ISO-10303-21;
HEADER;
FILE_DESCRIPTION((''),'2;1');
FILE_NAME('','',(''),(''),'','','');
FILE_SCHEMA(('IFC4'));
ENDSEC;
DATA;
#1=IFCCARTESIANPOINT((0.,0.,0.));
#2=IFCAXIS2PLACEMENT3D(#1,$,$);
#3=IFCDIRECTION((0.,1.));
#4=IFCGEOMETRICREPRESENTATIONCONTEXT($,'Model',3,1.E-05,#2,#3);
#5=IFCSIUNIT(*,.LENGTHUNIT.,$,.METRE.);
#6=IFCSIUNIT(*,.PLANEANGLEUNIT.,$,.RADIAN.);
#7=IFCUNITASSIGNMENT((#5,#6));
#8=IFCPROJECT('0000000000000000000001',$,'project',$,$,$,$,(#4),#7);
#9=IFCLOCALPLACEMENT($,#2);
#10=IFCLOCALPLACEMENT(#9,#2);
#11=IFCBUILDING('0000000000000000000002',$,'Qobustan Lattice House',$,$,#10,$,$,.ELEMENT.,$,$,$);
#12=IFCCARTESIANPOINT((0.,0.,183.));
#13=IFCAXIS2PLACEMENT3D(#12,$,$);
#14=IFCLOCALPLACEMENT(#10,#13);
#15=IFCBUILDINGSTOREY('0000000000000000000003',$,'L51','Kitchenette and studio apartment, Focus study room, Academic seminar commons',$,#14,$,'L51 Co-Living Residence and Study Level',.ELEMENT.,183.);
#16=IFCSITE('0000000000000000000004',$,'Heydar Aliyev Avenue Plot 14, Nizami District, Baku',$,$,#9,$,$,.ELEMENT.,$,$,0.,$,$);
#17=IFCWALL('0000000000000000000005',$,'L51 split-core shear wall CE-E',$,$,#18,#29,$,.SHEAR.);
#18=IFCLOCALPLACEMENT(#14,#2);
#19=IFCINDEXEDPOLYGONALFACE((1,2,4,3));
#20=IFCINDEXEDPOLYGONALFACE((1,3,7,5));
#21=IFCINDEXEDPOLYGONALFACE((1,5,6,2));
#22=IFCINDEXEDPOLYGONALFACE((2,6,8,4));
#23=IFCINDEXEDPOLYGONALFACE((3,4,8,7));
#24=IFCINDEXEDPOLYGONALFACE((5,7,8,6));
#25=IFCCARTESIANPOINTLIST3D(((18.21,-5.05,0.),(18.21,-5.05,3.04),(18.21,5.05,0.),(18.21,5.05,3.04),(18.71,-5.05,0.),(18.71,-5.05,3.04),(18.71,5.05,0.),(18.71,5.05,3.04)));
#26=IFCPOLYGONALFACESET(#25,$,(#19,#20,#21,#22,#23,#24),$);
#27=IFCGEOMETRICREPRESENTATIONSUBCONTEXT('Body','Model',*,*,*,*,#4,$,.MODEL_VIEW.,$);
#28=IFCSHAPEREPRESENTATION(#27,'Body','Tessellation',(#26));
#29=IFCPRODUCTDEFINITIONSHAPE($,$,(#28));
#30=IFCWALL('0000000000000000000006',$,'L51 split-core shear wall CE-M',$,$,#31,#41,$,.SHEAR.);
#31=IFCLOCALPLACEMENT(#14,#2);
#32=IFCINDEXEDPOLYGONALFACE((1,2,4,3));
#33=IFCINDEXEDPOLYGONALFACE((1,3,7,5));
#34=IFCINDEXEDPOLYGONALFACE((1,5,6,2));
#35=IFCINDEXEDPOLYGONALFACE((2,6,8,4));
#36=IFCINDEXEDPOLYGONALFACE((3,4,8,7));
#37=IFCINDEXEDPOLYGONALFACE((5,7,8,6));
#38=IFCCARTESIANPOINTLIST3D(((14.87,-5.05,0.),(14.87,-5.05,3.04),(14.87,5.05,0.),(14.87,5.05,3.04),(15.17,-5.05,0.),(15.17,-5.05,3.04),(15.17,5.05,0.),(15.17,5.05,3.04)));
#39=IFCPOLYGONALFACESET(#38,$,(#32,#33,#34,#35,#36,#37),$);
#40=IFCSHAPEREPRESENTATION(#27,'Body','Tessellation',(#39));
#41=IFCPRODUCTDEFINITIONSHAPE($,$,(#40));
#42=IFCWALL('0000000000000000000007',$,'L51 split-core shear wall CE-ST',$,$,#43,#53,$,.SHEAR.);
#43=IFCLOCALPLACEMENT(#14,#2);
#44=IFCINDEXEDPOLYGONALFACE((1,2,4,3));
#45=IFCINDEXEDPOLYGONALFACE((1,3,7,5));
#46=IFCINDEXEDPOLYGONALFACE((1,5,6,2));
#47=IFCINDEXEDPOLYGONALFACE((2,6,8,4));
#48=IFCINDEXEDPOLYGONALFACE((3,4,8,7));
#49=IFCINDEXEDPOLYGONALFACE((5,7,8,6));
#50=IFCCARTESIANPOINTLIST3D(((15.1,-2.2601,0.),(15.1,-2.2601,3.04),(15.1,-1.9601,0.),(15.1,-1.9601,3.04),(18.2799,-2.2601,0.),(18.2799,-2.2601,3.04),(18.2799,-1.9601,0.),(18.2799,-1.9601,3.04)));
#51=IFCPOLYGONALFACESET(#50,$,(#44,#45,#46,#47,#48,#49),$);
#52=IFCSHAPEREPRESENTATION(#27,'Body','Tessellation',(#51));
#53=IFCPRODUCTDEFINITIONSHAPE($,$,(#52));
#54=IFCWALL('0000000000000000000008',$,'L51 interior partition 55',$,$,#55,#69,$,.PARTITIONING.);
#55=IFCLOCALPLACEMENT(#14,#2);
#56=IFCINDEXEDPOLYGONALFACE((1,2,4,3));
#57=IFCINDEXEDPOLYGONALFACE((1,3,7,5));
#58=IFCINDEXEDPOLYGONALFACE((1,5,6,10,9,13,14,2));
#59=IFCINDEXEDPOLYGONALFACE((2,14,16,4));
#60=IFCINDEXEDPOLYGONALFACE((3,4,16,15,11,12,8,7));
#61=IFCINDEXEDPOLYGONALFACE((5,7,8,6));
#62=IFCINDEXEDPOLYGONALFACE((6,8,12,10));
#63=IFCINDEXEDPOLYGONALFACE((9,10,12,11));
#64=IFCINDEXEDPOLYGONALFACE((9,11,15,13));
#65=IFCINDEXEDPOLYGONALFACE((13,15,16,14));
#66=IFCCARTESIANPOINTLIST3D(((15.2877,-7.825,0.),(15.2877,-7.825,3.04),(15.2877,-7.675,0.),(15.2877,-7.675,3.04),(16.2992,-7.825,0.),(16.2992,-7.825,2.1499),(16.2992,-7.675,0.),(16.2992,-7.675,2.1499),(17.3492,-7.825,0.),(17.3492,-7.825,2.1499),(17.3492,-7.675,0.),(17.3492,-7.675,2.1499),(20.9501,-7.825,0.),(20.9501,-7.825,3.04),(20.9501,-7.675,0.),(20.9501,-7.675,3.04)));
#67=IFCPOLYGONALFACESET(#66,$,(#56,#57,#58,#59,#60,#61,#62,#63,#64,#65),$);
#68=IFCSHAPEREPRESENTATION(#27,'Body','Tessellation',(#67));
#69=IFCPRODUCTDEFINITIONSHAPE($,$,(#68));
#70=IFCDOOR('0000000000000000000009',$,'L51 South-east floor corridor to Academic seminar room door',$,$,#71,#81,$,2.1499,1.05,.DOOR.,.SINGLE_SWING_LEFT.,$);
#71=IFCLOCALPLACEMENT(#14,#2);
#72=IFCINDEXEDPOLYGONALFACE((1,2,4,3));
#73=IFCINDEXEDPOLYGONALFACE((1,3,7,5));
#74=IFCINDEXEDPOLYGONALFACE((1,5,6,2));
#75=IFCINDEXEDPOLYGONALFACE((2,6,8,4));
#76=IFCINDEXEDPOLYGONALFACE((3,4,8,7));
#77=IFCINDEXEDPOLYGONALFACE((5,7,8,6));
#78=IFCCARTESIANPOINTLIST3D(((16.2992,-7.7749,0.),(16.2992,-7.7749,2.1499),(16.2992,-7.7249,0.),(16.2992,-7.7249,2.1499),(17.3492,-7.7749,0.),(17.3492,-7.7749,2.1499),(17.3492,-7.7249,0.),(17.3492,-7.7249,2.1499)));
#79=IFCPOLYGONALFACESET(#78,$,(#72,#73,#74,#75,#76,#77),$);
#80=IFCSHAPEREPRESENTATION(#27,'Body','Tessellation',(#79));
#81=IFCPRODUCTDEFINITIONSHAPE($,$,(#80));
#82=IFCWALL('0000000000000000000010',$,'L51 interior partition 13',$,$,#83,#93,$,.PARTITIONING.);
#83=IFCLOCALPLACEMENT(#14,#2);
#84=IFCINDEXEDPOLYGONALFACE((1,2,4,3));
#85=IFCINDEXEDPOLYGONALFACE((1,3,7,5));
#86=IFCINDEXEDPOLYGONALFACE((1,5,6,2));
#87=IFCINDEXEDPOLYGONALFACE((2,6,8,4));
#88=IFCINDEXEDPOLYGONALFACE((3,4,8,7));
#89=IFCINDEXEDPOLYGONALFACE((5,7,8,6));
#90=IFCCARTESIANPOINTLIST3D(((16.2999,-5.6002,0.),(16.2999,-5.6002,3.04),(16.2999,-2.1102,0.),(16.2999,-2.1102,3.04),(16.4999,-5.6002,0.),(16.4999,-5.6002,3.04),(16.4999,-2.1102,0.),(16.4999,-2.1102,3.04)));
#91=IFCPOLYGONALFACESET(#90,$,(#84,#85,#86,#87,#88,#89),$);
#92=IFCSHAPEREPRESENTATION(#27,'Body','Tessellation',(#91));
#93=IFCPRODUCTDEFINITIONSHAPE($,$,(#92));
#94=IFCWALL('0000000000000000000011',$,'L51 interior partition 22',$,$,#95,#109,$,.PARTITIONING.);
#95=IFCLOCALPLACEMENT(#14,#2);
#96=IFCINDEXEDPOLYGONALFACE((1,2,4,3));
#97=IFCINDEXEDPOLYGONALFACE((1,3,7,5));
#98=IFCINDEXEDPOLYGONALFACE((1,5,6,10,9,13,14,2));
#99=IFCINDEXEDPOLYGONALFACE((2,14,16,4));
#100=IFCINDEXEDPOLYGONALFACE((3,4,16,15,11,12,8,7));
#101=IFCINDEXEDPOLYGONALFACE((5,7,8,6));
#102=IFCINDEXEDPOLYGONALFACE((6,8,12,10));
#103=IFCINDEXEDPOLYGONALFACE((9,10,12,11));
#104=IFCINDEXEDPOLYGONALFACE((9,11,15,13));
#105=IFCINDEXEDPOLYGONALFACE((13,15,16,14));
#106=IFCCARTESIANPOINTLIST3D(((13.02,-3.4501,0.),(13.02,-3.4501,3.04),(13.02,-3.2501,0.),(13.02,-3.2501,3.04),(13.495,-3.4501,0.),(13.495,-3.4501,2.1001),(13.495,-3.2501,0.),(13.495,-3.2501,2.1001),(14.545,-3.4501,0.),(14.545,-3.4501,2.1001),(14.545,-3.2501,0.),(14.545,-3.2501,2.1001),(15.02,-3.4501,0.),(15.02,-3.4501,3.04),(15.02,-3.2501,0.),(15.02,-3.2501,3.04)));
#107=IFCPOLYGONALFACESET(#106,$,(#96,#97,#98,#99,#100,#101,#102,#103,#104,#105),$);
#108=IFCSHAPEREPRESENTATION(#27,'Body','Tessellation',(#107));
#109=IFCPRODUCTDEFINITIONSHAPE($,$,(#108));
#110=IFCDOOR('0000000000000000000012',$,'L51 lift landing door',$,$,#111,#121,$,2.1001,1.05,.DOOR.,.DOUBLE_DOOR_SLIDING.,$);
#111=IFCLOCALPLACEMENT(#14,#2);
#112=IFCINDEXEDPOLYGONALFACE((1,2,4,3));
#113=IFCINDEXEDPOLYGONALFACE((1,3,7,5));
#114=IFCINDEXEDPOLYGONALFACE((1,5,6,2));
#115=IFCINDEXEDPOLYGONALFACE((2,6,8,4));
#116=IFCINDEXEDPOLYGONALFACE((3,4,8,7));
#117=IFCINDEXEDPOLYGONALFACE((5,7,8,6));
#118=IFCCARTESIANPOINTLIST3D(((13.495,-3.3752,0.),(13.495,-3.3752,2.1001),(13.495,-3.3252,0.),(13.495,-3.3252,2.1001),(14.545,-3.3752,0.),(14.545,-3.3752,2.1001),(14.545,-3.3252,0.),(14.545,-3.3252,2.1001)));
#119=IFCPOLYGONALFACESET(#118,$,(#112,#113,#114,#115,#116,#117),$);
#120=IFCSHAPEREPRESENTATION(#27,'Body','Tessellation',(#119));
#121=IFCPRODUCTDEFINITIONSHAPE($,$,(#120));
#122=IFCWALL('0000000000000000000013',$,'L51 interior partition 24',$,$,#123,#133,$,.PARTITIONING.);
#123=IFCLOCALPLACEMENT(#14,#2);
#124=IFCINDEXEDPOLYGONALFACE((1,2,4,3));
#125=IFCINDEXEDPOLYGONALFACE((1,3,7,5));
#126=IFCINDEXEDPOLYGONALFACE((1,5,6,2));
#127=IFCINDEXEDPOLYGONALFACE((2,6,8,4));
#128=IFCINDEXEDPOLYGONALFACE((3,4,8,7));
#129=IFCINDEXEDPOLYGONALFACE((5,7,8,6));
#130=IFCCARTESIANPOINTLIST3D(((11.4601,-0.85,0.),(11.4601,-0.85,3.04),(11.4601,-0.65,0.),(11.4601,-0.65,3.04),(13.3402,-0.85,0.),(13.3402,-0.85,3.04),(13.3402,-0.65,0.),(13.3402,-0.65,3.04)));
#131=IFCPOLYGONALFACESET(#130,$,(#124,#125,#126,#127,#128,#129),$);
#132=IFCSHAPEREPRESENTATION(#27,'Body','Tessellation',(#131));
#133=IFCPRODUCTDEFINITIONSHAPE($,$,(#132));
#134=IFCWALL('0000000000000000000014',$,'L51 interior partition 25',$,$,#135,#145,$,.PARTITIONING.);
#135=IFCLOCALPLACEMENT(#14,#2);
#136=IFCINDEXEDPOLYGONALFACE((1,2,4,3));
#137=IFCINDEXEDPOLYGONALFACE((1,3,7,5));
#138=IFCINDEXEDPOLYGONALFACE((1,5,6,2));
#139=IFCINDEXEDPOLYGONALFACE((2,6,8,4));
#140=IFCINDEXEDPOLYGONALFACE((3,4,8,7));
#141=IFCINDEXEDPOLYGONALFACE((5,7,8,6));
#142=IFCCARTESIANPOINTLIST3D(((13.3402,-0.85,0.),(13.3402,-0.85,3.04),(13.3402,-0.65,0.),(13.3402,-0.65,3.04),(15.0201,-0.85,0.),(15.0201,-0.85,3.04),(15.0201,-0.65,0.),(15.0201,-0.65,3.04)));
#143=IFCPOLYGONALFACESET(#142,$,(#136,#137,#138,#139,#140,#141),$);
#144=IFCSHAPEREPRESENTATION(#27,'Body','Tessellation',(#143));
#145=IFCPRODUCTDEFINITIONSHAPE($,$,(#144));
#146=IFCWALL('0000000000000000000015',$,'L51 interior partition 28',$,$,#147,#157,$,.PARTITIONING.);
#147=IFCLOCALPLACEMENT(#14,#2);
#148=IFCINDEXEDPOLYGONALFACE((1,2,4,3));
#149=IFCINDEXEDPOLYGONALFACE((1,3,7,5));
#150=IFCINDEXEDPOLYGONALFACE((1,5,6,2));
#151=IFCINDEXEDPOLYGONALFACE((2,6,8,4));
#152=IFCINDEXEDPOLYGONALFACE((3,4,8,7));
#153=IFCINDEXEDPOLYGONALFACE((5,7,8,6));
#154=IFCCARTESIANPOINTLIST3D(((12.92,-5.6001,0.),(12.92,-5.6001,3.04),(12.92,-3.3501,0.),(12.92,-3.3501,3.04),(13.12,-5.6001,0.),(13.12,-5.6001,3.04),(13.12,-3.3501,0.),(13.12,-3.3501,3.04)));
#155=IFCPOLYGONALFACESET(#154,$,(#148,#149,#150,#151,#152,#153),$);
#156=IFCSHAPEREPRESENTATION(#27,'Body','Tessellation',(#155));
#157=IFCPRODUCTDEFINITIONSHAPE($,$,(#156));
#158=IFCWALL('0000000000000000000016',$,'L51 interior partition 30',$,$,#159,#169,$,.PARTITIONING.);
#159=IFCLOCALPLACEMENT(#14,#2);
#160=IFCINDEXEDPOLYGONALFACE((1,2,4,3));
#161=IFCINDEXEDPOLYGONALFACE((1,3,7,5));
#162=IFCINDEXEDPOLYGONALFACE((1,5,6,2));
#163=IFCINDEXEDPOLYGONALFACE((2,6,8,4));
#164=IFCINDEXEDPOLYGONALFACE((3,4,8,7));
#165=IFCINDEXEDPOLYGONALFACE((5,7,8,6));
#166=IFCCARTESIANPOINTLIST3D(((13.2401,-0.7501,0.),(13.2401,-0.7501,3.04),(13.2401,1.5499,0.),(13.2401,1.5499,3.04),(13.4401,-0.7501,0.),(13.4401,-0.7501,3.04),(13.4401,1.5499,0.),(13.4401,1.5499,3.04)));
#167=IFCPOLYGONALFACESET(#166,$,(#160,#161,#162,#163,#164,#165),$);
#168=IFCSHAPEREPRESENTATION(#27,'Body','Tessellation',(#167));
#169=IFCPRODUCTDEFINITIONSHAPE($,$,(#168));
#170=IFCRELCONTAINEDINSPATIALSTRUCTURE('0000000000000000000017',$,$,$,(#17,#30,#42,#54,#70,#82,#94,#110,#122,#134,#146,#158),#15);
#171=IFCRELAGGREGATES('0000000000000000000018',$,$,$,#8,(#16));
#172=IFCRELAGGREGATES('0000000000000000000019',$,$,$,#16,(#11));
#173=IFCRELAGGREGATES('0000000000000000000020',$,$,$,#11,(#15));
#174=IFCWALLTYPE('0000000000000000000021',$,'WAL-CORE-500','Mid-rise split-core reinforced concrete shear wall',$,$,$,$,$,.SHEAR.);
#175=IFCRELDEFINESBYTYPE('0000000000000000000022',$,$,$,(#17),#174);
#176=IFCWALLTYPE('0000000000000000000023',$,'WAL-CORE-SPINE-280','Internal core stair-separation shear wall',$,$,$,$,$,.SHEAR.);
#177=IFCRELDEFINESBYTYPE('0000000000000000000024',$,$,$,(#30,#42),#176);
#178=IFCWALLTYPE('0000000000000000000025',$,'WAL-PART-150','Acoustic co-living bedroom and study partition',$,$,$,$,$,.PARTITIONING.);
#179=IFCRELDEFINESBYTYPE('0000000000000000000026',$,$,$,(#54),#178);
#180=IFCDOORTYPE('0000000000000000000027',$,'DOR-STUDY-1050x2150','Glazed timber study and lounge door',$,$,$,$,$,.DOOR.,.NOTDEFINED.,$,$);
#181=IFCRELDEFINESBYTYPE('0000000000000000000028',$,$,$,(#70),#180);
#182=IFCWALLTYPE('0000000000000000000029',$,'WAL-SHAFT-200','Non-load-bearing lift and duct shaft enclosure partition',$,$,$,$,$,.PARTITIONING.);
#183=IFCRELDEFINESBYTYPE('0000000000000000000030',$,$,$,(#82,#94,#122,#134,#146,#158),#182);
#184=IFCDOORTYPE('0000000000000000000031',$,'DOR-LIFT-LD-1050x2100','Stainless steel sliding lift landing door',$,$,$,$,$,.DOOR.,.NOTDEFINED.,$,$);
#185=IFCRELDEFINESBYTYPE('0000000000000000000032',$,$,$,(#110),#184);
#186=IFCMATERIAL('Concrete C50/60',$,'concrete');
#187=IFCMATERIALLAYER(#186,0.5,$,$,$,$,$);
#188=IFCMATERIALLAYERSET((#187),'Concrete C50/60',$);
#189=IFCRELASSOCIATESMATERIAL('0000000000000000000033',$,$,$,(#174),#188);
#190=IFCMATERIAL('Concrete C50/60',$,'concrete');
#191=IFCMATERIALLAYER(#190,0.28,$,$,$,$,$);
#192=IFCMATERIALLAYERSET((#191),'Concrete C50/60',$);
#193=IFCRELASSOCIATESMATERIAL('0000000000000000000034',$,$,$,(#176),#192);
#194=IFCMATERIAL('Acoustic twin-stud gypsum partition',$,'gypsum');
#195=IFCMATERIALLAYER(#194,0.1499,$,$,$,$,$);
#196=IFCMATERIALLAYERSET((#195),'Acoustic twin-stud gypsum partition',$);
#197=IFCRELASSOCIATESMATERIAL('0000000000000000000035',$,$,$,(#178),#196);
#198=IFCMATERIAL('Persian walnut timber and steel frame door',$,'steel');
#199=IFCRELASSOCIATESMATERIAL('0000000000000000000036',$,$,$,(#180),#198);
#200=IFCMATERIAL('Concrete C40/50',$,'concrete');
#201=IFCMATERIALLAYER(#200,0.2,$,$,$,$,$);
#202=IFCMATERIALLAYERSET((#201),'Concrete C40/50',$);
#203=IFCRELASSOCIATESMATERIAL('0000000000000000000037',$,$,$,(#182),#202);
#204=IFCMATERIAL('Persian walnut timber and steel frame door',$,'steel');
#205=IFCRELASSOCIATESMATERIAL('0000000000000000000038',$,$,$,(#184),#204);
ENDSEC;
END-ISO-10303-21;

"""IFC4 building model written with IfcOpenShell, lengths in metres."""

from ifc_helpers import new_model, si_unit, direction, frame, frame_2d, origin, place, context, subcontext, project, spatial, rectangle, extrude, material, layer, layer_set, type_object, element, fill, save


model = new_model("IFC4")

# Units and contexts
model_context = context("Model", 3, precision=1e-05, world=origin(), true_north=direction((0.0, 1.0)))
body_context = subcontext(model_context, "Body", "Model", "MODEL_VIEW")
ifc_project = project(units=[si_unit("LENGTHUNIT", "METRE"), si_unit("PLANEANGLEUNIT", "RADIAN")], contexts=[model_context])

# Site, building, storey
site_placement = place(None, origin())
site = spatial("IfcSite", under=ifc_project, at=site_placement, Name="Heydar Aliyev Avenue Plot 14, Nizami District, Baku", CompositionType="ELEMENT", RefElevation=0.0)
building_placement = place(site_placement, origin())
building = spatial("IfcBuilding", under=site, at=building_placement, Name="Qobustan Lattice House", CompositionType="ELEMENT")
storey_placement = place(building_placement, frame((0.0, 0.0, 183.0)))
storey = spatial("IfcBuildingStorey", under=building, at=storey_placement, Name="L51", Description="Kitchenette and studio apartment, Focus study room, Academic seminar commons", LongName="L51 Co-Living Residence and Study Level", CompositionType="ELEMENT", Elevation=183.0)

# Walls
ifc_material_1 = material(Name="Concrete C50/60", Category="concrete")
ifc_layer_1 = layer(ifc_material_1, 0.5)
ifc_layer_set_1 = layer_set([ifc_layer_1], Name="Concrete C50/60")
wall_type_1 = type_object("IfcWallType", Name="WAL-CORE-500", Description="Mid-rise split-core reinforced concrete shear wall", PredefinedType="SHEAR", material=ifc_layer_set_1)
wall_1_placement = place(storey_placement, frame((18.46, -5.05, 0.0), z_axis=(0.0, 0.0, 1.0), x_axis=(0.0, 1.0, 0.0)))
element("IfcWall", 1, at=wall_1_placement, inside=storey, type_object=wall_type_1, Name="L51 split-core shear wall CE-E", PredefinedType="SHEAR", context=body_context, shape_type="SweptSolid", body=[
    extrude(rectangle(XDim=10.1001, YDim=0.5, at=frame_2d((5.05, 0.0))), origin(), (0.0, 0.0, 1.0), 3.04),
])
ifc_material_2 = material(Name="Concrete C50/60", Category="concrete")
ifc_layer_2 = layer(ifc_material_2, 0.28)
ifc_layer_set_2 = layer_set([ifc_layer_2], Name="Concrete C50/60")
wall_type_2 = type_object("IfcWallType", Name="WAL-CORE-SPINE-280", Description="Internal core stair-separation shear wall", PredefinedType="SHEAR", material=ifc_layer_set_2)
wall_2_placement = place(storey_placement, frame((15.02, -5.05, 0.0), z_axis=(0.0, 0.0, 1.0), x_axis=(0.0, 1.0, 0.0)))
element("IfcWall", 2, at=wall_2_placement, inside=storey, type_object=wall_type_2, Name="L51 split-core shear wall CE-M", PredefinedType="SHEAR", context=body_context, shape_type="SweptSolid", body=[
    extrude(rectangle(XDim=10.1001, YDim=0.3, at=frame_2d((5.05, 0.0))), origin(), (0.0, 0.0, 1.0), 3.04),
])
wall_3_placement = place(storey_placement, frame((15.1001, -2.1101, 0.0), z_axis=(0.0, 0.0, 1.0), x_axis=(1.0, 0.0, 0.0)))
element("IfcWall", 3, at=wall_3_placement, inside=storey, type_object=wall_type_2, Name="L51 split-core shear wall CE-ST", PredefinedType="SHEAR", context=body_context, shape_type="SweptSolid", body=[
    extrude(rectangle(XDim=3.1799, YDim=0.3, at=frame_2d((1.5898, 0.0))), origin(), (0.0, 0.0, 1.0), 3.04),
])

# Wall, opening, door
ifc_material_3 = material(Name="Acoustic twin-stud gypsum partition", Category="gypsum")
ifc_layer_3 = layer(ifc_material_3, 0.1499)
ifc_layer_set_3 = layer_set([ifc_layer_3], Name="Acoustic twin-stud gypsum partition")
wall_type_3 = type_object("IfcWallType", Name="WAL-PART-150", Description="Acoustic co-living bedroom and study partition", PredefinedType="PARTITIONING", material=ifc_layer_set_3)
wall_4_placement = place(storey_placement, frame((20.95, -7.75, 0.0), z_axis=(0.0, 0.0, 1.0), x_axis=(-1.0, 0.0, 0.0)))
wall_4 = element("IfcWall", 4, at=wall_4_placement, inside=storey, type_object=wall_type_3, Name="L51 interior partition 55", PredefinedType="PARTITIONING", context=body_context, shape_type="SweptSolid", body=[
    extrude(rectangle(XDim=5.6624, YDim=0.1499, at=frame_2d((2.8311, 0.0))), origin(), (0.0, 0.0, 1.0), 3.04),
])
opening_1_placement = place(wall_4_placement, frame((3.6008, 0.0, 0.0)))
opening_1 = element("IfcOpeningElement", 5, at=opening_1_placement, cuts=wall_4, PredefinedType="OPENING", context=body_context, shape_type="SweptSolid", body=[
    extrude(rectangle(XDim=1.05, YDim=2.1499, at=frame_2d((0.5249, 1.075))), frame((0.0, 0.085, 0.0), z_axis=(0.0, -1.0, 0.0), x_axis=(1.0, 0.0, 0.0)), (0.0, 0.0, 1.0), 0.1699),
])
ifc_material_4 = material(Name="Persian walnut timber and steel frame door", Category="steel")
door_type_1 = type_object("IfcDoorType", Name="DOR-STUDY-1050x2150", Description="Glazed timber study and lounge door", OperationType="NOTDEFINED", PredefinedType="DOOR", material=ifc_material_4)
door_1_placement = place(opening_1_placement, origin())
door_1 = element("IfcDoor", 6, at=door_1_placement, inside=storey, type_object=door_type_1, Name="L51 South-east floor corridor to Academic seminar room door", OperationType="SINGLE_SWING_LEFT", OverallHeight=2.1499, OverallWidth=1.05, PredefinedType="DOOR", context=body_context, shape_type="SweptSolid", body=[
    extrude(rectangle(XDim=1.05, YDim=2.1499, at=frame_2d((0.5249, 1.075))), frame((0.0, 0.0249, 0.0), z_axis=(0.0, -1.0, 0.0), x_axis=(1.0, 0.0, 0.0)), (0.0, 0.0, 1.0), 0.05),
])
fill(opening_1, door_1)

# Wall
ifc_material_5 = material(Name="Concrete C40/50", Category="concrete")
ifc_layer_4 = layer(ifc_material_5, 0.2)
ifc_layer_set_4 = layer_set([ifc_layer_4], Name="Concrete C40/50")
wall_type_4 = type_object("IfcWallType", Name="WAL-SHAFT-200", Description="Non-load-bearing lift and duct shaft enclosure partition", PredefinedType="PARTITIONING", material=ifc_layer_set_4)
wall_5_placement = place(storey_placement, frame((16.3999, -2.1101, 0.0), z_axis=(0.0, 0.0, 1.0), x_axis=(0.0, -1.0, 0.0)))
element("IfcWall", 7, at=wall_5_placement, inside=storey, type_object=wall_type_4, Name="L51 interior partition 13", PredefinedType="PARTITIONING", context=body_context, shape_type="SweptSolid", body=[
    extrude(rectangle(XDim=3.49, YDim=0.2, at=frame_2d((1.7451, 0.0))), origin(), (0.0, 0.0, 1.0), 3.04),
])

# Wall, opening, door
wall_6_placement = place(storey_placement, frame((13.02, -3.3501, 0.0), z_axis=(0.0, 0.0, 1.0), x_axis=(1.0, 0.0, 0.0)))
wall_6 = element("IfcWall", 8, at=wall_6_placement, inside=storey, type_object=wall_type_4, Name="L51 interior partition 22", PredefinedType="PARTITIONING", context=body_context, shape_type="SweptSolid", body=[
    extrude(rectangle(XDim=2.0, YDim=0.2, at=frame_2d((1.0, 0.0))), origin(), (0.0, 0.0, 1.0), 3.04),
])
opening_2_placement = place(wall_6_placement, frame((0.4751, 0.0, 0.0)))
opening_2 = element("IfcOpeningElement", 9, at=opening_2_placement, cuts=wall_6, PredefinedType="OPENING", context=body_context, shape_type="SweptSolid", body=[
    extrude(rectangle(XDim=1.05, YDim=2.1001, at=frame_2d((0.5249, 1.05))), frame((0.0, 0.1099, 0.0), z_axis=(0.0, -1.0, 0.0), x_axis=(1.0, 0.0, 0.0)), (0.0, 0.0, 1.0), 0.22),
])
ifc_material_6 = material(Name="Persian walnut timber and steel frame door", Category="steel")
door_type_2 = type_object("IfcDoorType", Name="DOR-LIFT-LD-1050x2100", Description="Stainless steel sliding lift landing door", OperationType="NOTDEFINED", PredefinedType="DOOR", material=ifc_material_6)
door_2_placement = place(opening_2_placement, origin())
door_2 = element("IfcDoor", 10, at=door_2_placement, inside=storey, type_object=door_type_2, Name="L51 lift landing door", OperationType="DOUBLE_DOOR_SLIDING", OverallHeight=2.1001, OverallWidth=1.05, PredefinedType="DOOR", context=body_context, shape_type="SweptSolid", body=[
    extrude(rectangle(XDim=1.05, YDim=2.1001, at=frame_2d((0.5249, 1.05))), frame((0.0, 0.0249, 0.0), z_axis=(0.0, -1.0, 0.0), x_axis=(1.0, 0.0, 0.0)), (0.0, 0.0, 1.0), 0.05),
])
fill(opening_2, door_2)

# Walls
wall_7_placement = place(storey_placement, frame((13.3401, -0.75, 0.0), z_axis=(0.0, 0.0, 1.0), x_axis=(-1.0, 0.0, 0.0)))
element("IfcWall", 11, at=wall_7_placement, inside=storey, type_object=wall_type_4, Name="L51 interior partition 24", PredefinedType="PARTITIONING", context=body_context, shape_type="SweptSolid", body=[
    extrude(rectangle(XDim=1.8801, YDim=0.2, at=frame_2d((0.9399, 0.0))), origin(), (0.0, 0.0, 1.0), 3.04),
])
wall_8_placement = place(storey_placement, frame((15.02, -0.75, 0.0), z_axis=(0.0, 0.0, 1.0), x_axis=(-1.0, 0.0, 0.0)))
element("IfcWall", 12, at=wall_8_placement, inside=storey, type_object=wall_type_4, Name="L51 interior partition 25", PredefinedType="PARTITIONING", context=body_context, shape_type="SweptSolid", body=[
    extrude(rectangle(XDim=1.6799, YDim=0.2, at=frame_2d((0.8398, 0.0))), origin(), (0.0, 0.0, 1.0), 3.04),
])
wall_9_placement = place(storey_placement, frame((13.02, -5.6001, 0.0), z_axis=(0.0, 0.0, 1.0), x_axis=(0.0, 1.0, 0.0)))
element("IfcWall", 13, at=wall_9_placement, inside=storey, type_object=wall_type_4, Name="L51 interior partition 28", PredefinedType="PARTITIONING", context=body_context, shape_type="SweptSolid", body=[
    extrude(rectangle(XDim=2.25, YDim=0.2, at=frame_2d((1.125, 0.0))), origin(), (0.0, 0.0, 1.0), 3.04),
])
wall_10_placement = place(storey_placement, frame((13.3401, -0.75, 0.0), z_axis=(0.0, 0.0, 1.0), x_axis=(0.0, 1.0, 0.0)))
element("IfcWall", 14, at=wall_10_placement, inside=storey, type_object=wall_type_4, Name="L51 interior partition 30", PredefinedType="PARTITIONING", context=body_context, shape_type="SweptSolid", body=[
    extrude(rectangle(XDim=2.3, YDim=0.2, at=frame_2d((1.1499, 0.0))), origin(), (0.0, 0.0, 1.0), 3.04),
])

save(model, "model.ifc")
